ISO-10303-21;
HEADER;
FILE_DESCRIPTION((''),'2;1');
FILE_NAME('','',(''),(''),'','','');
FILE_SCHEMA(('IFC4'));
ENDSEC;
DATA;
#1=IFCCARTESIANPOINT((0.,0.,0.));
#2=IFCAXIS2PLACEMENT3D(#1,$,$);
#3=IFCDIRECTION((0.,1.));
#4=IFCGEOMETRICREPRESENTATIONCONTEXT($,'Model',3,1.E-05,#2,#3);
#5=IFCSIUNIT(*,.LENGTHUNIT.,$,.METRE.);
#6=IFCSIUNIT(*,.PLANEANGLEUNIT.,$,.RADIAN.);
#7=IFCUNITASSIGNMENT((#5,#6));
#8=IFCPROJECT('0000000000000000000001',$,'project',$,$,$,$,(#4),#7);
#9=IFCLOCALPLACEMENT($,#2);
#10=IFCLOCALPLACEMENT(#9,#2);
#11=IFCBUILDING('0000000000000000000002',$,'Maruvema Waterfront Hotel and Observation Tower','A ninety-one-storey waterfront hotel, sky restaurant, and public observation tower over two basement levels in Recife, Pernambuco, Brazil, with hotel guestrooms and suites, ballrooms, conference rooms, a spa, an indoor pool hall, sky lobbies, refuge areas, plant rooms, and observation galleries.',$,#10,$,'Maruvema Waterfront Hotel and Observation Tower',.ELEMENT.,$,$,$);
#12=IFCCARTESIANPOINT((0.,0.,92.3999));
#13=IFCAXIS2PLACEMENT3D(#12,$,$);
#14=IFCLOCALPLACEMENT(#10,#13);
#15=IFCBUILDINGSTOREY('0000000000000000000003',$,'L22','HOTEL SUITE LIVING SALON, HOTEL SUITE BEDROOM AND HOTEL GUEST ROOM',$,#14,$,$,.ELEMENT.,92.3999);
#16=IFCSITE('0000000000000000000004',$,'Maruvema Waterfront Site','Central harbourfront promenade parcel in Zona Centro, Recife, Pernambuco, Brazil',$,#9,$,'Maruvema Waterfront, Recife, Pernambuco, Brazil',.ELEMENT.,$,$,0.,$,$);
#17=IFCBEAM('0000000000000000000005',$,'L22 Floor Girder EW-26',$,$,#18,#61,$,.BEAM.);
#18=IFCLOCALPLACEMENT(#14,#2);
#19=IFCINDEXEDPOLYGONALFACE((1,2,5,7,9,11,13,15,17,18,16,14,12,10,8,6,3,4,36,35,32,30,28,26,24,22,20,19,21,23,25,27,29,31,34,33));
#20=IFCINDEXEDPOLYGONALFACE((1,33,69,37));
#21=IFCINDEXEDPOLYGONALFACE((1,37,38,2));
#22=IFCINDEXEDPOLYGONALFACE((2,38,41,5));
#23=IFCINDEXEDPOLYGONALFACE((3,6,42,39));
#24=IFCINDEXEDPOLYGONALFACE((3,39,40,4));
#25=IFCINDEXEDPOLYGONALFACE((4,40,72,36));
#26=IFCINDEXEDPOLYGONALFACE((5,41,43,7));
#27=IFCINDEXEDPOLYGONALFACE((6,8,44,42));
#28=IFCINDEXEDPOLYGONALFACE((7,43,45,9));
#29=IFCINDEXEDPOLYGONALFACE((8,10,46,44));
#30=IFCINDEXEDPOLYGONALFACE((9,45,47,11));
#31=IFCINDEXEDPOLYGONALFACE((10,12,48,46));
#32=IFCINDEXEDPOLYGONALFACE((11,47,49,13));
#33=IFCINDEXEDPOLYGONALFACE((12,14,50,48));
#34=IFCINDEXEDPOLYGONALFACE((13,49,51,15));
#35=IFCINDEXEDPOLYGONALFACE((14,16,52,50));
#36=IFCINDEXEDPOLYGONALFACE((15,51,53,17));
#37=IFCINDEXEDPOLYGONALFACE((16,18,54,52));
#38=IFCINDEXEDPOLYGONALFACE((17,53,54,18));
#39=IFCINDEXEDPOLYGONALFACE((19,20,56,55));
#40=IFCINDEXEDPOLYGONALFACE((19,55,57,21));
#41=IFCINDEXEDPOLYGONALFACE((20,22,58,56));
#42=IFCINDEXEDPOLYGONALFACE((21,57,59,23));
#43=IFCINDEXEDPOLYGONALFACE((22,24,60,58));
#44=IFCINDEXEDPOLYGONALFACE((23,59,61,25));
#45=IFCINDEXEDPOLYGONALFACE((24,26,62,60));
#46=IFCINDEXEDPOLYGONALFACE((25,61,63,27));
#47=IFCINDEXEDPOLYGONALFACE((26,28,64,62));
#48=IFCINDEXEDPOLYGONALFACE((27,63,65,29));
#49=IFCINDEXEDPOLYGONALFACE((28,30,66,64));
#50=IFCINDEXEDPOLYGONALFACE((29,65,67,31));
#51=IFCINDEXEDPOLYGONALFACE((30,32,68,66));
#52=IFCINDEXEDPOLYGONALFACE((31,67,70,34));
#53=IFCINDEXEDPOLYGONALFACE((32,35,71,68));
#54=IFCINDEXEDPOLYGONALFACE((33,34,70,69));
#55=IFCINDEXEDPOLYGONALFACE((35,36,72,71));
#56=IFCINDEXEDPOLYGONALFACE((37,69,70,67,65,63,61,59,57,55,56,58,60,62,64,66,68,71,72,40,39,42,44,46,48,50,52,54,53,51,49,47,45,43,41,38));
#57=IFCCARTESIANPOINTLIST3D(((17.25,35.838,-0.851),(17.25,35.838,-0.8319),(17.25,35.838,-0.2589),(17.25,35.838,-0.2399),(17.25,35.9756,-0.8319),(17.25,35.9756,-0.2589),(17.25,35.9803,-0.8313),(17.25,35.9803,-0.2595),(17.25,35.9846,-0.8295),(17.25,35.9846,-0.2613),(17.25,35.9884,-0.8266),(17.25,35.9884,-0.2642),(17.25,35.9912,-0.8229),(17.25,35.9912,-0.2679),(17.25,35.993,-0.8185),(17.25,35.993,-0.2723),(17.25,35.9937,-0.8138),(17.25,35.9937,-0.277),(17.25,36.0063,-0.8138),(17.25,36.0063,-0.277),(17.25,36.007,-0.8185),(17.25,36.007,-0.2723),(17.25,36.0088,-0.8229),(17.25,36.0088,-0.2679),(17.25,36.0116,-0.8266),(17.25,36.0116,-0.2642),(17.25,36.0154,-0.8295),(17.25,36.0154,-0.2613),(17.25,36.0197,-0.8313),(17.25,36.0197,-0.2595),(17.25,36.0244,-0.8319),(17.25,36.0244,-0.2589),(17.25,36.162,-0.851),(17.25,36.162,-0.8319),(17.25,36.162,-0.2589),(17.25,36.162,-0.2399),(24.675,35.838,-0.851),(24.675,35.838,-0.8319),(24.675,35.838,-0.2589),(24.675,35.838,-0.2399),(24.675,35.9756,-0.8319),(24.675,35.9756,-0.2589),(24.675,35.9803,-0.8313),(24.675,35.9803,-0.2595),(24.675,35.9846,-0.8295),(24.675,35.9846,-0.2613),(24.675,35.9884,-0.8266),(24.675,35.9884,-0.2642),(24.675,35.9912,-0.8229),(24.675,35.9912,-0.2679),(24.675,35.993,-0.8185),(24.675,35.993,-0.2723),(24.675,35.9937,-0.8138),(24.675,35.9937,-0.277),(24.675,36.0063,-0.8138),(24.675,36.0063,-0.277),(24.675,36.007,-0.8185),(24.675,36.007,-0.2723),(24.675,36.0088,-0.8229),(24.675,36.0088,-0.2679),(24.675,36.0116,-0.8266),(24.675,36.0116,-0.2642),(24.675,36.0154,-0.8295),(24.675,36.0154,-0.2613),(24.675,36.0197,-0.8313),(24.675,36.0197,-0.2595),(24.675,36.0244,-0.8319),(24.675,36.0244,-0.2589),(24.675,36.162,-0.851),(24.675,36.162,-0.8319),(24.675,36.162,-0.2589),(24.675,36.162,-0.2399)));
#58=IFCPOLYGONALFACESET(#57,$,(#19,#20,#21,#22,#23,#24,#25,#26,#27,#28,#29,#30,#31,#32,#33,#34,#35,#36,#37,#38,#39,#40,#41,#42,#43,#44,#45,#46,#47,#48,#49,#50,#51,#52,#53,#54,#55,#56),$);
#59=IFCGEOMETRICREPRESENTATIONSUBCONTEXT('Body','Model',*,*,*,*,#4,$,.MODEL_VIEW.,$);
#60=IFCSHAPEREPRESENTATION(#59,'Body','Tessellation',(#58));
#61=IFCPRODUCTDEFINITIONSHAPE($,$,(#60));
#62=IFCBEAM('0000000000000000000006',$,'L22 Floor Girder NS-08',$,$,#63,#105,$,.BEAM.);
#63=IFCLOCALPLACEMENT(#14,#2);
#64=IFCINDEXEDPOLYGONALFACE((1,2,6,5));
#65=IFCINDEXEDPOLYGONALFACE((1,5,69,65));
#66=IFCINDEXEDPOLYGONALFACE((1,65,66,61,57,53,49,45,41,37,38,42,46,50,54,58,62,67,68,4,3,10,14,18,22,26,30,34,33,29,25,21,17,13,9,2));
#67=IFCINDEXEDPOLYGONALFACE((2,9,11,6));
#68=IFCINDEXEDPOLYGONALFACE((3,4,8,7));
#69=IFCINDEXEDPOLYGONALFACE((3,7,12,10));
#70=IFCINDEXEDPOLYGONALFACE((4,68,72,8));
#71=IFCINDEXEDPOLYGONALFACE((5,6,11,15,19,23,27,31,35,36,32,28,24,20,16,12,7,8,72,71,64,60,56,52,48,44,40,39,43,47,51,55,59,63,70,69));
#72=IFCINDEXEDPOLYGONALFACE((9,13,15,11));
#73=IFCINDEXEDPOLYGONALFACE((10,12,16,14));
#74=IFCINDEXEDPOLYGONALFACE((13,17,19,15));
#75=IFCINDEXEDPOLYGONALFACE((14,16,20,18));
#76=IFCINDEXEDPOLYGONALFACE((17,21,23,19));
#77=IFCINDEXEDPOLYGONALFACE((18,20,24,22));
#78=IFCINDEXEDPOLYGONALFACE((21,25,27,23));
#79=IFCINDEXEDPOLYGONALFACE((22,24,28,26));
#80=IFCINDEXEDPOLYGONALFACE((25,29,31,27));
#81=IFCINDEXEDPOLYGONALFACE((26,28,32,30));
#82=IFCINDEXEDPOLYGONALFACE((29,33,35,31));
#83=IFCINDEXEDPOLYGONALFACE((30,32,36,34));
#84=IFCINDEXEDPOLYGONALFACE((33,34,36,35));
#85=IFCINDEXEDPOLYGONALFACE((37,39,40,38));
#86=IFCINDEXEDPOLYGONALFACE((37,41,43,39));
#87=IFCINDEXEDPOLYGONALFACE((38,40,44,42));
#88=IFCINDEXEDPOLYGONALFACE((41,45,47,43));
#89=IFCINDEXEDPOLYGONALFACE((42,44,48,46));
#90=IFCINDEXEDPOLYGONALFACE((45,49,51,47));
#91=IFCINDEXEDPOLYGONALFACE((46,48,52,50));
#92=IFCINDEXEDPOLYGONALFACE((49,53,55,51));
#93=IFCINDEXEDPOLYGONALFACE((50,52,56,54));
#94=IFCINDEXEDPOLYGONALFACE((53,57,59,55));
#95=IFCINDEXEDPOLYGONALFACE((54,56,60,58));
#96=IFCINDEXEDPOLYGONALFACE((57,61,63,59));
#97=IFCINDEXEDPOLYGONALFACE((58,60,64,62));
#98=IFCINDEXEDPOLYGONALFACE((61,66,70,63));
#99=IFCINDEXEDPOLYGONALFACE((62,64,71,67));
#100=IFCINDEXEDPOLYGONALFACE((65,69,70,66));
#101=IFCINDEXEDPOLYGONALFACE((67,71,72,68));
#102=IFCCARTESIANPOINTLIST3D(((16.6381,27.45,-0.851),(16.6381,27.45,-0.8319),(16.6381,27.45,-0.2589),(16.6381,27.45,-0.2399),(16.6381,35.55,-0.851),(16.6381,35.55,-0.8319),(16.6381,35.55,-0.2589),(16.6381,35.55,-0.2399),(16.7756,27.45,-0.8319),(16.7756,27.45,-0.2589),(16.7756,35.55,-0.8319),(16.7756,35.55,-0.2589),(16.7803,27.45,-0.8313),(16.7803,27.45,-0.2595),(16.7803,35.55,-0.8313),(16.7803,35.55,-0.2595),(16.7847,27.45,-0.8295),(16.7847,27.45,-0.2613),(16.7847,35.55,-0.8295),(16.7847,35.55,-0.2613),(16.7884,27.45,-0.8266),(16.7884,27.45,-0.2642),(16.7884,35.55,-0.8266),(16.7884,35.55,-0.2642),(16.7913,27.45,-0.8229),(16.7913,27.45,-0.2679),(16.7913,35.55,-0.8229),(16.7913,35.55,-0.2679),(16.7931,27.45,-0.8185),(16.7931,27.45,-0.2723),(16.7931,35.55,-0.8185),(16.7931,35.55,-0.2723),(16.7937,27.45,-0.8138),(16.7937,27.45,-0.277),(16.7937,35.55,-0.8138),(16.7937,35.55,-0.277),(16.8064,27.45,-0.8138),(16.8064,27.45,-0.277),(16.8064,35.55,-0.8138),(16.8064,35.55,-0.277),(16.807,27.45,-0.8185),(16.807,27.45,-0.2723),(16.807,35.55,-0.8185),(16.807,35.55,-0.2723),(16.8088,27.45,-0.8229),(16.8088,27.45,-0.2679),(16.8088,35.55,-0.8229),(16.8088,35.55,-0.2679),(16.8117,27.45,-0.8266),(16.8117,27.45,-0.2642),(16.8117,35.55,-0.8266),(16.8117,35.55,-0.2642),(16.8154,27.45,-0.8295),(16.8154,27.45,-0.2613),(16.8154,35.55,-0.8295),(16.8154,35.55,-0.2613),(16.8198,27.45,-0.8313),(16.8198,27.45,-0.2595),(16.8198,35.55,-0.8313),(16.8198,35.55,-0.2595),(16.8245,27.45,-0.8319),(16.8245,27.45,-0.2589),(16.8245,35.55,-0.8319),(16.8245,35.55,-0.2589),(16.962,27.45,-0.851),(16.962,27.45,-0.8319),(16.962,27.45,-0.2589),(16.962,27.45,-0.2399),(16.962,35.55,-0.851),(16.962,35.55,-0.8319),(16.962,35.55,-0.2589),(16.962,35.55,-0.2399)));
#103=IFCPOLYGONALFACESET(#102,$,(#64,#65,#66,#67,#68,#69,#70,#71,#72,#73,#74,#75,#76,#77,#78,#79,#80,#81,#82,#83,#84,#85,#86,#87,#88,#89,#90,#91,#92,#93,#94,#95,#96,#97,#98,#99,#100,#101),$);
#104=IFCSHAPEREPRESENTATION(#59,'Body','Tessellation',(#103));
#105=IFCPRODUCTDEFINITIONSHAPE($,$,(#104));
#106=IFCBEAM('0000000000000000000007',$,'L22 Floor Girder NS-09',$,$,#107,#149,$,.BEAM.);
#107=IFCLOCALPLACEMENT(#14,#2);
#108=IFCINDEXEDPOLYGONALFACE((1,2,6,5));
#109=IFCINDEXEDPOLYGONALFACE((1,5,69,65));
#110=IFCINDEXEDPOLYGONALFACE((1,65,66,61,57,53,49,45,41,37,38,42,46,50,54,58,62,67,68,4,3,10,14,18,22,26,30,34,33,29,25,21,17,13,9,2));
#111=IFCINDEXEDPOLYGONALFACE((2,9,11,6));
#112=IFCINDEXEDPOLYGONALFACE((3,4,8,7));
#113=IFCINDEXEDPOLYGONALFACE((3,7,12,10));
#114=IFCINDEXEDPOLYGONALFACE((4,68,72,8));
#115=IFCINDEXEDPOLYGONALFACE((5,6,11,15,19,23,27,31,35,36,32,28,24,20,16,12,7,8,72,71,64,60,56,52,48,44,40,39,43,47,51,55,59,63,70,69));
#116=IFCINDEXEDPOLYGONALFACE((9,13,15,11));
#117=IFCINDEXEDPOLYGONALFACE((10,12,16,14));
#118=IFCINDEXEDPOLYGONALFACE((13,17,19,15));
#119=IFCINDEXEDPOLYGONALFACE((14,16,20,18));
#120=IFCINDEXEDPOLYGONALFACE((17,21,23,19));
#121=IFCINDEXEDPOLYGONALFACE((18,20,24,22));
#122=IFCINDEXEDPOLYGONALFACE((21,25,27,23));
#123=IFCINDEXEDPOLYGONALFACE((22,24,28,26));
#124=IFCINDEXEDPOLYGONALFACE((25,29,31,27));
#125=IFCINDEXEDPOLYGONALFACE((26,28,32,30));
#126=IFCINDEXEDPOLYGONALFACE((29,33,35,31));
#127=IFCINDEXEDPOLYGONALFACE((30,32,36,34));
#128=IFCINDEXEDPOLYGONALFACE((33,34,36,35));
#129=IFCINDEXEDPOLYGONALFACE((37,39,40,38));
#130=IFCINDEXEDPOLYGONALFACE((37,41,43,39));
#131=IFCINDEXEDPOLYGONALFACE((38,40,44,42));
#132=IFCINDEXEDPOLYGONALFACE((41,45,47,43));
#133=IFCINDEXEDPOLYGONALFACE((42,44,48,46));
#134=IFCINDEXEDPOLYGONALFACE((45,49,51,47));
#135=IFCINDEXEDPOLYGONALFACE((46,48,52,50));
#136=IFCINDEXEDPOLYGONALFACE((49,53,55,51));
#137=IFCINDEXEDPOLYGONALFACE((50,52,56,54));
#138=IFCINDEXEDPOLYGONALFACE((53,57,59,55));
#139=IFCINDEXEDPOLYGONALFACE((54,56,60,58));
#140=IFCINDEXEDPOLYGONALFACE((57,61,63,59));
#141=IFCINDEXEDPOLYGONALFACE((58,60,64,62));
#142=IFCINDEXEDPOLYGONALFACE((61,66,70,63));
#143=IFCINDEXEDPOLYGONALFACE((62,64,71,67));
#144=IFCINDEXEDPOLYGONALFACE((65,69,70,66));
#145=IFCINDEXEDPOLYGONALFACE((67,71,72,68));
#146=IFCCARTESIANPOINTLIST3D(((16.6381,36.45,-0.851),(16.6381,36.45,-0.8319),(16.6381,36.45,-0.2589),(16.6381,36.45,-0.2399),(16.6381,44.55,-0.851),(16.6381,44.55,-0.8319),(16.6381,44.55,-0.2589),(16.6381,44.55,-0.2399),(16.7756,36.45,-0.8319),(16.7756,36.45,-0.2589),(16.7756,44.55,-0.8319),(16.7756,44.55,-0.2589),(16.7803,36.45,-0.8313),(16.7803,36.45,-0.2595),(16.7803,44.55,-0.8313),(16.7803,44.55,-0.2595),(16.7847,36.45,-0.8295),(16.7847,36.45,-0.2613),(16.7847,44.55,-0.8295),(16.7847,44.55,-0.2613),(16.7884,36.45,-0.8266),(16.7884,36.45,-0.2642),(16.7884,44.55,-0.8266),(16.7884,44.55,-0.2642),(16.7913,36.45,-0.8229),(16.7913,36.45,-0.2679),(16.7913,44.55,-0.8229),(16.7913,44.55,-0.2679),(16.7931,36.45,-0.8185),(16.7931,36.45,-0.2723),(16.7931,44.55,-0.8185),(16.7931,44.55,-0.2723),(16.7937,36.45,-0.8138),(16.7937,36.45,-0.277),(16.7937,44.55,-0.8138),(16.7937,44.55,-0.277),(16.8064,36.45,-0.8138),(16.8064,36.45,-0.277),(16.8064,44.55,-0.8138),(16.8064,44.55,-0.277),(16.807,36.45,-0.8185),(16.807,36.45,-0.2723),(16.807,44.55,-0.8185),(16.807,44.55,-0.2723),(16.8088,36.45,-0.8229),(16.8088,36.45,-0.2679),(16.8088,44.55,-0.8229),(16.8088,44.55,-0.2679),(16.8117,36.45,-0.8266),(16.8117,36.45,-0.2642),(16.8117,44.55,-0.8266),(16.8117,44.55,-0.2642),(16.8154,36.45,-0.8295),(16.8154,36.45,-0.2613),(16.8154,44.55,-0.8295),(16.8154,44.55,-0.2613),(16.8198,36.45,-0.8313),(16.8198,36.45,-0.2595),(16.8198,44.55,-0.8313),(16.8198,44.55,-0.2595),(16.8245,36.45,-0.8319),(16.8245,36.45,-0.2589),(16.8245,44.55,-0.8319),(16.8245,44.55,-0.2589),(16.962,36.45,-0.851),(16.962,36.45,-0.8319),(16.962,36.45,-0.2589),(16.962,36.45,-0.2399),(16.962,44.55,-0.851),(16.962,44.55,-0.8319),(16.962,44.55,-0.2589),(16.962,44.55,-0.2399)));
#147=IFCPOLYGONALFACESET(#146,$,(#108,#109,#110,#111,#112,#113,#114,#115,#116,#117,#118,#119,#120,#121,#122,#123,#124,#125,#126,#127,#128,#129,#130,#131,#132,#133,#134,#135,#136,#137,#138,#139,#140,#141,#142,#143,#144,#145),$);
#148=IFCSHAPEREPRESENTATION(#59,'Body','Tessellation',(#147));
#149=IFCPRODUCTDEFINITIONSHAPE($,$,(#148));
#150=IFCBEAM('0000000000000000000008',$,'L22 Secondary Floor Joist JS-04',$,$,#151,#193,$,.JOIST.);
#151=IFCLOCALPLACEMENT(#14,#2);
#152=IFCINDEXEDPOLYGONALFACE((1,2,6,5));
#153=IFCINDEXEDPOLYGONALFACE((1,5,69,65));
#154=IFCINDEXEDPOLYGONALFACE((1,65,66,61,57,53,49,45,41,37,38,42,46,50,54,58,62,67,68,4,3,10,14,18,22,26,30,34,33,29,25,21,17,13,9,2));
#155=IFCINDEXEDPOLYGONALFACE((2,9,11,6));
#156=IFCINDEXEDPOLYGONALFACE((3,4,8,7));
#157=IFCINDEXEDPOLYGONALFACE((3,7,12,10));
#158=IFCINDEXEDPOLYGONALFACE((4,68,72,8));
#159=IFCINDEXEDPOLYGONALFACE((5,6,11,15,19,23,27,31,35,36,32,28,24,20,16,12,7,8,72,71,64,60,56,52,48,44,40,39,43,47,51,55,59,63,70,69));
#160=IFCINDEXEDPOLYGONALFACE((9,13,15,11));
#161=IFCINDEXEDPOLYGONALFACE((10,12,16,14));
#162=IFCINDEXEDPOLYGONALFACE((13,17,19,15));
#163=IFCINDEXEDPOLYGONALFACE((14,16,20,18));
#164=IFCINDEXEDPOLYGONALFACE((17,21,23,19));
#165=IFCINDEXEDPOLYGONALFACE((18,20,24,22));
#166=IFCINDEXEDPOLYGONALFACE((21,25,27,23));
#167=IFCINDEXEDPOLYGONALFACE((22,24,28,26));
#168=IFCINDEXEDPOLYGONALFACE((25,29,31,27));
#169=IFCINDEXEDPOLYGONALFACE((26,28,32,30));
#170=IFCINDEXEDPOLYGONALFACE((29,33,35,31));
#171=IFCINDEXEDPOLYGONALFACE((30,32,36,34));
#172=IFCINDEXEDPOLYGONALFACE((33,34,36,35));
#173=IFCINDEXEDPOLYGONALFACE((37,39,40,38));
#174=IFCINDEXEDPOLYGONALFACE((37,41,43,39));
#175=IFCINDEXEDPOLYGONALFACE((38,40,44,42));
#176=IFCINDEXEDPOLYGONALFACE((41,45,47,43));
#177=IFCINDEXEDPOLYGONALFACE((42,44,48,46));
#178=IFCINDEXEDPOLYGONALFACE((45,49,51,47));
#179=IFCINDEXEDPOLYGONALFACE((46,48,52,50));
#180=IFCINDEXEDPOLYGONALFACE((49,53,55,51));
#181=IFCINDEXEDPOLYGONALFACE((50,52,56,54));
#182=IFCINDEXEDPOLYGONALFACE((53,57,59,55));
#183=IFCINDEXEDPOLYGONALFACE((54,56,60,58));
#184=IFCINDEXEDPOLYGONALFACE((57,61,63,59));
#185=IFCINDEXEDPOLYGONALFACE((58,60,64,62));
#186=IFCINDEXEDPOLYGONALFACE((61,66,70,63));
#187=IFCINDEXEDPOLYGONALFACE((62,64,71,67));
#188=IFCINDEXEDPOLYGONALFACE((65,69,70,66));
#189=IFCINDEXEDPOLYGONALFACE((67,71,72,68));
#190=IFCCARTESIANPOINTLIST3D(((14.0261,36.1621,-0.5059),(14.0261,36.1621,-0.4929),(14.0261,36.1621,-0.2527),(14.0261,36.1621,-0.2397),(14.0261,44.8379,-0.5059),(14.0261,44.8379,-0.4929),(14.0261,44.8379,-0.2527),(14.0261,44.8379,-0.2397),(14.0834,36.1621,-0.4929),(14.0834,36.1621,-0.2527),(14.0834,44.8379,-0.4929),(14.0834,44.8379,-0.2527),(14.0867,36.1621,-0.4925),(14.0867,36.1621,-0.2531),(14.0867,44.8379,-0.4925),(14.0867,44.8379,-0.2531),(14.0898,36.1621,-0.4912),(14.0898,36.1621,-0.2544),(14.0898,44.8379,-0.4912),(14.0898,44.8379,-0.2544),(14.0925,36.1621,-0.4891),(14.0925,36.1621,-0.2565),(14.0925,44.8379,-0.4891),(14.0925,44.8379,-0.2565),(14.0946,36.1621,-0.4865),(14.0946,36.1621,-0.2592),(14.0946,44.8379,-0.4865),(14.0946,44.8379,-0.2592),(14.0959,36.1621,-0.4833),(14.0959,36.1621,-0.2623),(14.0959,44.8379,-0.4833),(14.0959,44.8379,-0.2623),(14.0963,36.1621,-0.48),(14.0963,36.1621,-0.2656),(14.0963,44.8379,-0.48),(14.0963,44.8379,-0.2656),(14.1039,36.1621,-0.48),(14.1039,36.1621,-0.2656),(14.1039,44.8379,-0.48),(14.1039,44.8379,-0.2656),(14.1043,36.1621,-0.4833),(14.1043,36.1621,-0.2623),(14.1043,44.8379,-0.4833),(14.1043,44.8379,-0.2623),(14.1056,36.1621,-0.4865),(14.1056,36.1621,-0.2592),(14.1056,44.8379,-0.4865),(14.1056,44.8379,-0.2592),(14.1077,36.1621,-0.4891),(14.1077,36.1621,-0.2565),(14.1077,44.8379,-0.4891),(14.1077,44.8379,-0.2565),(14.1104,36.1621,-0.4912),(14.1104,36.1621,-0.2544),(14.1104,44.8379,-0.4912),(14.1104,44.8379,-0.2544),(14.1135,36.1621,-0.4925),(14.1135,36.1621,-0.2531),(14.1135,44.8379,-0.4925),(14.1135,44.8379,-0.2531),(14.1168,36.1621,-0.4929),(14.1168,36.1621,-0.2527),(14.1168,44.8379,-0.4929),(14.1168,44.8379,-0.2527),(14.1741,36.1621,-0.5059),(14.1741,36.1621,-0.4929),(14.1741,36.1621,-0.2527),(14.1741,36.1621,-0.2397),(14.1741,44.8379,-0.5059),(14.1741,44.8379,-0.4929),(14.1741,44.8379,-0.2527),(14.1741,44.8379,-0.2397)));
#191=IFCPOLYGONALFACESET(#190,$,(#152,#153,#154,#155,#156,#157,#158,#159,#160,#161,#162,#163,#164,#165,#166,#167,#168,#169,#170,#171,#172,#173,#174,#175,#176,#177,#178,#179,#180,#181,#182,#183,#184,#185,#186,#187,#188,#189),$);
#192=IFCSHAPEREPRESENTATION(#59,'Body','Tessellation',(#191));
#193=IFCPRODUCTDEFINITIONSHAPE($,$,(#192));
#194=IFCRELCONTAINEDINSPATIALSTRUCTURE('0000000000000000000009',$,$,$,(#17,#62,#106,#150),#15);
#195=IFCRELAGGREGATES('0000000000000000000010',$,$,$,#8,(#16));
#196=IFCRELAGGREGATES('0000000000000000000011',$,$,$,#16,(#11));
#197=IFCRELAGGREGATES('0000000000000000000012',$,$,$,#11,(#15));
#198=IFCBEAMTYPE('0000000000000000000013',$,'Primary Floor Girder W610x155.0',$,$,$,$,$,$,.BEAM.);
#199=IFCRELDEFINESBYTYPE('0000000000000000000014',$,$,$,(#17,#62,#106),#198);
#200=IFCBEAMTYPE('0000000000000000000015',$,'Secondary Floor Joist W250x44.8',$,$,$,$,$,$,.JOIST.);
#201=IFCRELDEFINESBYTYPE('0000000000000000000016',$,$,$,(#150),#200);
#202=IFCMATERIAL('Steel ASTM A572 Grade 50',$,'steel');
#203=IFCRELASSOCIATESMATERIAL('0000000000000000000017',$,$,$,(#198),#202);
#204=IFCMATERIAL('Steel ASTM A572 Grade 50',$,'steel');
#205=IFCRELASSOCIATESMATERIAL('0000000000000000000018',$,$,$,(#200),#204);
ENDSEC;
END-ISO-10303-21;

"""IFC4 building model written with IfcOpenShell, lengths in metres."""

from ifc_helpers import new_model, si_unit, direction, frame, origin, origin_2d, place, context, subcontext, project, spatial, i_section, extrude, material, material_profile, profile_set, type_object, element, save


model = new_model("IFC4")

# Units and contexts
model_context = context("Model", 3, precision=1e-05, world=origin(), true_north=direction((0.0, 1.0)))
body_context = subcontext(model_context, "Body", "Model", "MODEL_VIEW")
ifc_project = project(units=[si_unit("LENGTHUNIT", "METRE"), si_unit("PLANEANGLEUNIT", "RADIAN")], contexts=[model_context])

# Site, building, storey
site_placement = place(None, origin())
site = spatial("IfcSite", under=ifc_project, at=site_placement, Name="Maruvema Waterfront Site", Description="Central harbourfront promenade parcel in Zona Centro, Recife, Pernambuco, Brazil", LongName="Maruvema Waterfront, Recife, Pernambuco, Brazil", CompositionType="ELEMENT", RefElevation=0.0)
building_placement = place(site_placement, origin())
building = spatial("IfcBuilding", under=site, at=building_placement, Name="Maruvema Waterfront Hotel and Observation Tower", Description="A ninety-one-storey waterfront hotel, sky restaurant, and public observation tower over two basement levels in Recife, Pernambuco, Brazil, with hotel guestrooms and suites, ballrooms, conference rooms, a spa, an indoor pool hall, sky lobbies, refuge areas, plant rooms, and observation galleries.", LongName="Maruvema Waterfront Hotel and Observation Tower", CompositionType="ELEMENT")
storey_placement = place(building_placement, frame((0.0, 0.0, 92.3999)))
storey = spatial("IfcBuildingStorey", under=building, at=storey_placement, Name="L22", Description="HOTEL SUITE LIVING SALON, HOTEL SUITE BEDROOM AND HOTEL GUEST ROOM", CompositionType="ELEMENT", Elevation=92.3999)

# Beams
ifc_material_1 = material(Name="Steel ASTM A572 Grade 50", Category="steel")
ifc_material_profile_1 = material_profile(ifc_material_1, i_section(OverallWidth=0.324, OverallDepth=0.6111, WebThickness=0.0127, FlangeThickness=0.019, FilletRadius=0.0181, at=origin_2d()), Name="W610x155.0")
ifc_profile_set_1 = profile_set([ifc_material_profile_1], Name="Steel ASTM A572 Grade 50")
beam_type_1 = type_object("IfcBeamType", Name="Primary Floor Girder W610x155.0", PredefinedType="BEAM", material=ifc_profile_set_1)
beam_1_placement = place(storey_placement, frame((17.25, 36.0, -0.5454), z_axis=(1.0, 0.0, 0.0), x_axis=(0.0, 1.0, 0.0)))
element("IfcBeam", 1, at=beam_1_placement, inside=storey, type_object=beam_type_1, Name="L22 Floor Girder EW-26", PredefinedType="BEAM", context=body_context, shape_type="SweptSolid", body=[
    extrude(i_section(OverallWidth=0.324, OverallDepth=0.6111, WebThickness=0.0127, FlangeThickness=0.019, FilletRadius=0.0181, at=origin_2d()), origin(), (0.0, 0.0, 1.0), 7.425),
])
for number, where, z_axis, x_axis, name in (
    (2, (16.8, 27.45, -0.5454), (0.0, 1.0, 0.0), (-1.0, 0.0, 0.0), "L22 Floor Girder NS-08"),
    (3, (16.8, 36.45, -0.5454), (0.0, 1.0, 0.0), (-1.0, 0.0, 0.0), "L22 Floor Girder NS-09"),
):
    element("IfcBeam", number, at=place(storey_placement, frame(where, z_axis=z_axis, x_axis=x_axis)), inside=storey, type_object=beam_type_1, Name=name, PredefinedType="BEAM", context=body_context, shape_type="SweptSolid", body=[
        extrude(i_section(OverallWidth=0.324, OverallDepth=0.6111, WebThickness=0.0127, FlangeThickness=0.019, FilletRadius=0.0181, at=origin_2d()), origin(), (0.0, 0.0, 1.0), 8.1001),
    ])
ifc_material_2 = material(Name="Steel ASTM A572 Grade 50", Category="steel")
ifc_material_profile_2 = material_profile(ifc_material_2, i_section(OverallWidth=0.1479, OverallDepth=0.2661, WebThickness=0.0076, FlangeThickness=0.0129, FilletRadius=0.0129, at=origin_2d()), Name="W250x44.8")
ifc_profile_set_2 = profile_set([ifc_material_profile_2], Name="Steel ASTM A572 Grade 50")
beam_type_2 = type_object("IfcBeamType", Name="Secondary Floor Joist W250x44.8", PredefinedType="JOIST", material=ifc_profile_set_2)
beam_2_placement = place(storey_placement, frame((14.1001, 36.1621, -0.3728), z_axis=(0.0, 1.0, 0.0), x_axis=(-1.0, 0.0, 0.0)))
element("IfcBeam", 4, at=beam_2_placement, inside=storey, type_object=beam_type_2, Name="L22 Secondary Floor Joist JS-04", PredefinedType="JOIST", context=body_context, shape_type="SweptSolid", body=[
    extrude(i_section(OverallWidth=0.1479, OverallDepth=0.2661, WebThickness=0.0076, FlangeThickness=0.0129, FilletRadius=0.0129, at=origin_2d()), origin(), (0.0, 0.0, 1.0), 8.6758),
])

save(model, "model.ifc")
